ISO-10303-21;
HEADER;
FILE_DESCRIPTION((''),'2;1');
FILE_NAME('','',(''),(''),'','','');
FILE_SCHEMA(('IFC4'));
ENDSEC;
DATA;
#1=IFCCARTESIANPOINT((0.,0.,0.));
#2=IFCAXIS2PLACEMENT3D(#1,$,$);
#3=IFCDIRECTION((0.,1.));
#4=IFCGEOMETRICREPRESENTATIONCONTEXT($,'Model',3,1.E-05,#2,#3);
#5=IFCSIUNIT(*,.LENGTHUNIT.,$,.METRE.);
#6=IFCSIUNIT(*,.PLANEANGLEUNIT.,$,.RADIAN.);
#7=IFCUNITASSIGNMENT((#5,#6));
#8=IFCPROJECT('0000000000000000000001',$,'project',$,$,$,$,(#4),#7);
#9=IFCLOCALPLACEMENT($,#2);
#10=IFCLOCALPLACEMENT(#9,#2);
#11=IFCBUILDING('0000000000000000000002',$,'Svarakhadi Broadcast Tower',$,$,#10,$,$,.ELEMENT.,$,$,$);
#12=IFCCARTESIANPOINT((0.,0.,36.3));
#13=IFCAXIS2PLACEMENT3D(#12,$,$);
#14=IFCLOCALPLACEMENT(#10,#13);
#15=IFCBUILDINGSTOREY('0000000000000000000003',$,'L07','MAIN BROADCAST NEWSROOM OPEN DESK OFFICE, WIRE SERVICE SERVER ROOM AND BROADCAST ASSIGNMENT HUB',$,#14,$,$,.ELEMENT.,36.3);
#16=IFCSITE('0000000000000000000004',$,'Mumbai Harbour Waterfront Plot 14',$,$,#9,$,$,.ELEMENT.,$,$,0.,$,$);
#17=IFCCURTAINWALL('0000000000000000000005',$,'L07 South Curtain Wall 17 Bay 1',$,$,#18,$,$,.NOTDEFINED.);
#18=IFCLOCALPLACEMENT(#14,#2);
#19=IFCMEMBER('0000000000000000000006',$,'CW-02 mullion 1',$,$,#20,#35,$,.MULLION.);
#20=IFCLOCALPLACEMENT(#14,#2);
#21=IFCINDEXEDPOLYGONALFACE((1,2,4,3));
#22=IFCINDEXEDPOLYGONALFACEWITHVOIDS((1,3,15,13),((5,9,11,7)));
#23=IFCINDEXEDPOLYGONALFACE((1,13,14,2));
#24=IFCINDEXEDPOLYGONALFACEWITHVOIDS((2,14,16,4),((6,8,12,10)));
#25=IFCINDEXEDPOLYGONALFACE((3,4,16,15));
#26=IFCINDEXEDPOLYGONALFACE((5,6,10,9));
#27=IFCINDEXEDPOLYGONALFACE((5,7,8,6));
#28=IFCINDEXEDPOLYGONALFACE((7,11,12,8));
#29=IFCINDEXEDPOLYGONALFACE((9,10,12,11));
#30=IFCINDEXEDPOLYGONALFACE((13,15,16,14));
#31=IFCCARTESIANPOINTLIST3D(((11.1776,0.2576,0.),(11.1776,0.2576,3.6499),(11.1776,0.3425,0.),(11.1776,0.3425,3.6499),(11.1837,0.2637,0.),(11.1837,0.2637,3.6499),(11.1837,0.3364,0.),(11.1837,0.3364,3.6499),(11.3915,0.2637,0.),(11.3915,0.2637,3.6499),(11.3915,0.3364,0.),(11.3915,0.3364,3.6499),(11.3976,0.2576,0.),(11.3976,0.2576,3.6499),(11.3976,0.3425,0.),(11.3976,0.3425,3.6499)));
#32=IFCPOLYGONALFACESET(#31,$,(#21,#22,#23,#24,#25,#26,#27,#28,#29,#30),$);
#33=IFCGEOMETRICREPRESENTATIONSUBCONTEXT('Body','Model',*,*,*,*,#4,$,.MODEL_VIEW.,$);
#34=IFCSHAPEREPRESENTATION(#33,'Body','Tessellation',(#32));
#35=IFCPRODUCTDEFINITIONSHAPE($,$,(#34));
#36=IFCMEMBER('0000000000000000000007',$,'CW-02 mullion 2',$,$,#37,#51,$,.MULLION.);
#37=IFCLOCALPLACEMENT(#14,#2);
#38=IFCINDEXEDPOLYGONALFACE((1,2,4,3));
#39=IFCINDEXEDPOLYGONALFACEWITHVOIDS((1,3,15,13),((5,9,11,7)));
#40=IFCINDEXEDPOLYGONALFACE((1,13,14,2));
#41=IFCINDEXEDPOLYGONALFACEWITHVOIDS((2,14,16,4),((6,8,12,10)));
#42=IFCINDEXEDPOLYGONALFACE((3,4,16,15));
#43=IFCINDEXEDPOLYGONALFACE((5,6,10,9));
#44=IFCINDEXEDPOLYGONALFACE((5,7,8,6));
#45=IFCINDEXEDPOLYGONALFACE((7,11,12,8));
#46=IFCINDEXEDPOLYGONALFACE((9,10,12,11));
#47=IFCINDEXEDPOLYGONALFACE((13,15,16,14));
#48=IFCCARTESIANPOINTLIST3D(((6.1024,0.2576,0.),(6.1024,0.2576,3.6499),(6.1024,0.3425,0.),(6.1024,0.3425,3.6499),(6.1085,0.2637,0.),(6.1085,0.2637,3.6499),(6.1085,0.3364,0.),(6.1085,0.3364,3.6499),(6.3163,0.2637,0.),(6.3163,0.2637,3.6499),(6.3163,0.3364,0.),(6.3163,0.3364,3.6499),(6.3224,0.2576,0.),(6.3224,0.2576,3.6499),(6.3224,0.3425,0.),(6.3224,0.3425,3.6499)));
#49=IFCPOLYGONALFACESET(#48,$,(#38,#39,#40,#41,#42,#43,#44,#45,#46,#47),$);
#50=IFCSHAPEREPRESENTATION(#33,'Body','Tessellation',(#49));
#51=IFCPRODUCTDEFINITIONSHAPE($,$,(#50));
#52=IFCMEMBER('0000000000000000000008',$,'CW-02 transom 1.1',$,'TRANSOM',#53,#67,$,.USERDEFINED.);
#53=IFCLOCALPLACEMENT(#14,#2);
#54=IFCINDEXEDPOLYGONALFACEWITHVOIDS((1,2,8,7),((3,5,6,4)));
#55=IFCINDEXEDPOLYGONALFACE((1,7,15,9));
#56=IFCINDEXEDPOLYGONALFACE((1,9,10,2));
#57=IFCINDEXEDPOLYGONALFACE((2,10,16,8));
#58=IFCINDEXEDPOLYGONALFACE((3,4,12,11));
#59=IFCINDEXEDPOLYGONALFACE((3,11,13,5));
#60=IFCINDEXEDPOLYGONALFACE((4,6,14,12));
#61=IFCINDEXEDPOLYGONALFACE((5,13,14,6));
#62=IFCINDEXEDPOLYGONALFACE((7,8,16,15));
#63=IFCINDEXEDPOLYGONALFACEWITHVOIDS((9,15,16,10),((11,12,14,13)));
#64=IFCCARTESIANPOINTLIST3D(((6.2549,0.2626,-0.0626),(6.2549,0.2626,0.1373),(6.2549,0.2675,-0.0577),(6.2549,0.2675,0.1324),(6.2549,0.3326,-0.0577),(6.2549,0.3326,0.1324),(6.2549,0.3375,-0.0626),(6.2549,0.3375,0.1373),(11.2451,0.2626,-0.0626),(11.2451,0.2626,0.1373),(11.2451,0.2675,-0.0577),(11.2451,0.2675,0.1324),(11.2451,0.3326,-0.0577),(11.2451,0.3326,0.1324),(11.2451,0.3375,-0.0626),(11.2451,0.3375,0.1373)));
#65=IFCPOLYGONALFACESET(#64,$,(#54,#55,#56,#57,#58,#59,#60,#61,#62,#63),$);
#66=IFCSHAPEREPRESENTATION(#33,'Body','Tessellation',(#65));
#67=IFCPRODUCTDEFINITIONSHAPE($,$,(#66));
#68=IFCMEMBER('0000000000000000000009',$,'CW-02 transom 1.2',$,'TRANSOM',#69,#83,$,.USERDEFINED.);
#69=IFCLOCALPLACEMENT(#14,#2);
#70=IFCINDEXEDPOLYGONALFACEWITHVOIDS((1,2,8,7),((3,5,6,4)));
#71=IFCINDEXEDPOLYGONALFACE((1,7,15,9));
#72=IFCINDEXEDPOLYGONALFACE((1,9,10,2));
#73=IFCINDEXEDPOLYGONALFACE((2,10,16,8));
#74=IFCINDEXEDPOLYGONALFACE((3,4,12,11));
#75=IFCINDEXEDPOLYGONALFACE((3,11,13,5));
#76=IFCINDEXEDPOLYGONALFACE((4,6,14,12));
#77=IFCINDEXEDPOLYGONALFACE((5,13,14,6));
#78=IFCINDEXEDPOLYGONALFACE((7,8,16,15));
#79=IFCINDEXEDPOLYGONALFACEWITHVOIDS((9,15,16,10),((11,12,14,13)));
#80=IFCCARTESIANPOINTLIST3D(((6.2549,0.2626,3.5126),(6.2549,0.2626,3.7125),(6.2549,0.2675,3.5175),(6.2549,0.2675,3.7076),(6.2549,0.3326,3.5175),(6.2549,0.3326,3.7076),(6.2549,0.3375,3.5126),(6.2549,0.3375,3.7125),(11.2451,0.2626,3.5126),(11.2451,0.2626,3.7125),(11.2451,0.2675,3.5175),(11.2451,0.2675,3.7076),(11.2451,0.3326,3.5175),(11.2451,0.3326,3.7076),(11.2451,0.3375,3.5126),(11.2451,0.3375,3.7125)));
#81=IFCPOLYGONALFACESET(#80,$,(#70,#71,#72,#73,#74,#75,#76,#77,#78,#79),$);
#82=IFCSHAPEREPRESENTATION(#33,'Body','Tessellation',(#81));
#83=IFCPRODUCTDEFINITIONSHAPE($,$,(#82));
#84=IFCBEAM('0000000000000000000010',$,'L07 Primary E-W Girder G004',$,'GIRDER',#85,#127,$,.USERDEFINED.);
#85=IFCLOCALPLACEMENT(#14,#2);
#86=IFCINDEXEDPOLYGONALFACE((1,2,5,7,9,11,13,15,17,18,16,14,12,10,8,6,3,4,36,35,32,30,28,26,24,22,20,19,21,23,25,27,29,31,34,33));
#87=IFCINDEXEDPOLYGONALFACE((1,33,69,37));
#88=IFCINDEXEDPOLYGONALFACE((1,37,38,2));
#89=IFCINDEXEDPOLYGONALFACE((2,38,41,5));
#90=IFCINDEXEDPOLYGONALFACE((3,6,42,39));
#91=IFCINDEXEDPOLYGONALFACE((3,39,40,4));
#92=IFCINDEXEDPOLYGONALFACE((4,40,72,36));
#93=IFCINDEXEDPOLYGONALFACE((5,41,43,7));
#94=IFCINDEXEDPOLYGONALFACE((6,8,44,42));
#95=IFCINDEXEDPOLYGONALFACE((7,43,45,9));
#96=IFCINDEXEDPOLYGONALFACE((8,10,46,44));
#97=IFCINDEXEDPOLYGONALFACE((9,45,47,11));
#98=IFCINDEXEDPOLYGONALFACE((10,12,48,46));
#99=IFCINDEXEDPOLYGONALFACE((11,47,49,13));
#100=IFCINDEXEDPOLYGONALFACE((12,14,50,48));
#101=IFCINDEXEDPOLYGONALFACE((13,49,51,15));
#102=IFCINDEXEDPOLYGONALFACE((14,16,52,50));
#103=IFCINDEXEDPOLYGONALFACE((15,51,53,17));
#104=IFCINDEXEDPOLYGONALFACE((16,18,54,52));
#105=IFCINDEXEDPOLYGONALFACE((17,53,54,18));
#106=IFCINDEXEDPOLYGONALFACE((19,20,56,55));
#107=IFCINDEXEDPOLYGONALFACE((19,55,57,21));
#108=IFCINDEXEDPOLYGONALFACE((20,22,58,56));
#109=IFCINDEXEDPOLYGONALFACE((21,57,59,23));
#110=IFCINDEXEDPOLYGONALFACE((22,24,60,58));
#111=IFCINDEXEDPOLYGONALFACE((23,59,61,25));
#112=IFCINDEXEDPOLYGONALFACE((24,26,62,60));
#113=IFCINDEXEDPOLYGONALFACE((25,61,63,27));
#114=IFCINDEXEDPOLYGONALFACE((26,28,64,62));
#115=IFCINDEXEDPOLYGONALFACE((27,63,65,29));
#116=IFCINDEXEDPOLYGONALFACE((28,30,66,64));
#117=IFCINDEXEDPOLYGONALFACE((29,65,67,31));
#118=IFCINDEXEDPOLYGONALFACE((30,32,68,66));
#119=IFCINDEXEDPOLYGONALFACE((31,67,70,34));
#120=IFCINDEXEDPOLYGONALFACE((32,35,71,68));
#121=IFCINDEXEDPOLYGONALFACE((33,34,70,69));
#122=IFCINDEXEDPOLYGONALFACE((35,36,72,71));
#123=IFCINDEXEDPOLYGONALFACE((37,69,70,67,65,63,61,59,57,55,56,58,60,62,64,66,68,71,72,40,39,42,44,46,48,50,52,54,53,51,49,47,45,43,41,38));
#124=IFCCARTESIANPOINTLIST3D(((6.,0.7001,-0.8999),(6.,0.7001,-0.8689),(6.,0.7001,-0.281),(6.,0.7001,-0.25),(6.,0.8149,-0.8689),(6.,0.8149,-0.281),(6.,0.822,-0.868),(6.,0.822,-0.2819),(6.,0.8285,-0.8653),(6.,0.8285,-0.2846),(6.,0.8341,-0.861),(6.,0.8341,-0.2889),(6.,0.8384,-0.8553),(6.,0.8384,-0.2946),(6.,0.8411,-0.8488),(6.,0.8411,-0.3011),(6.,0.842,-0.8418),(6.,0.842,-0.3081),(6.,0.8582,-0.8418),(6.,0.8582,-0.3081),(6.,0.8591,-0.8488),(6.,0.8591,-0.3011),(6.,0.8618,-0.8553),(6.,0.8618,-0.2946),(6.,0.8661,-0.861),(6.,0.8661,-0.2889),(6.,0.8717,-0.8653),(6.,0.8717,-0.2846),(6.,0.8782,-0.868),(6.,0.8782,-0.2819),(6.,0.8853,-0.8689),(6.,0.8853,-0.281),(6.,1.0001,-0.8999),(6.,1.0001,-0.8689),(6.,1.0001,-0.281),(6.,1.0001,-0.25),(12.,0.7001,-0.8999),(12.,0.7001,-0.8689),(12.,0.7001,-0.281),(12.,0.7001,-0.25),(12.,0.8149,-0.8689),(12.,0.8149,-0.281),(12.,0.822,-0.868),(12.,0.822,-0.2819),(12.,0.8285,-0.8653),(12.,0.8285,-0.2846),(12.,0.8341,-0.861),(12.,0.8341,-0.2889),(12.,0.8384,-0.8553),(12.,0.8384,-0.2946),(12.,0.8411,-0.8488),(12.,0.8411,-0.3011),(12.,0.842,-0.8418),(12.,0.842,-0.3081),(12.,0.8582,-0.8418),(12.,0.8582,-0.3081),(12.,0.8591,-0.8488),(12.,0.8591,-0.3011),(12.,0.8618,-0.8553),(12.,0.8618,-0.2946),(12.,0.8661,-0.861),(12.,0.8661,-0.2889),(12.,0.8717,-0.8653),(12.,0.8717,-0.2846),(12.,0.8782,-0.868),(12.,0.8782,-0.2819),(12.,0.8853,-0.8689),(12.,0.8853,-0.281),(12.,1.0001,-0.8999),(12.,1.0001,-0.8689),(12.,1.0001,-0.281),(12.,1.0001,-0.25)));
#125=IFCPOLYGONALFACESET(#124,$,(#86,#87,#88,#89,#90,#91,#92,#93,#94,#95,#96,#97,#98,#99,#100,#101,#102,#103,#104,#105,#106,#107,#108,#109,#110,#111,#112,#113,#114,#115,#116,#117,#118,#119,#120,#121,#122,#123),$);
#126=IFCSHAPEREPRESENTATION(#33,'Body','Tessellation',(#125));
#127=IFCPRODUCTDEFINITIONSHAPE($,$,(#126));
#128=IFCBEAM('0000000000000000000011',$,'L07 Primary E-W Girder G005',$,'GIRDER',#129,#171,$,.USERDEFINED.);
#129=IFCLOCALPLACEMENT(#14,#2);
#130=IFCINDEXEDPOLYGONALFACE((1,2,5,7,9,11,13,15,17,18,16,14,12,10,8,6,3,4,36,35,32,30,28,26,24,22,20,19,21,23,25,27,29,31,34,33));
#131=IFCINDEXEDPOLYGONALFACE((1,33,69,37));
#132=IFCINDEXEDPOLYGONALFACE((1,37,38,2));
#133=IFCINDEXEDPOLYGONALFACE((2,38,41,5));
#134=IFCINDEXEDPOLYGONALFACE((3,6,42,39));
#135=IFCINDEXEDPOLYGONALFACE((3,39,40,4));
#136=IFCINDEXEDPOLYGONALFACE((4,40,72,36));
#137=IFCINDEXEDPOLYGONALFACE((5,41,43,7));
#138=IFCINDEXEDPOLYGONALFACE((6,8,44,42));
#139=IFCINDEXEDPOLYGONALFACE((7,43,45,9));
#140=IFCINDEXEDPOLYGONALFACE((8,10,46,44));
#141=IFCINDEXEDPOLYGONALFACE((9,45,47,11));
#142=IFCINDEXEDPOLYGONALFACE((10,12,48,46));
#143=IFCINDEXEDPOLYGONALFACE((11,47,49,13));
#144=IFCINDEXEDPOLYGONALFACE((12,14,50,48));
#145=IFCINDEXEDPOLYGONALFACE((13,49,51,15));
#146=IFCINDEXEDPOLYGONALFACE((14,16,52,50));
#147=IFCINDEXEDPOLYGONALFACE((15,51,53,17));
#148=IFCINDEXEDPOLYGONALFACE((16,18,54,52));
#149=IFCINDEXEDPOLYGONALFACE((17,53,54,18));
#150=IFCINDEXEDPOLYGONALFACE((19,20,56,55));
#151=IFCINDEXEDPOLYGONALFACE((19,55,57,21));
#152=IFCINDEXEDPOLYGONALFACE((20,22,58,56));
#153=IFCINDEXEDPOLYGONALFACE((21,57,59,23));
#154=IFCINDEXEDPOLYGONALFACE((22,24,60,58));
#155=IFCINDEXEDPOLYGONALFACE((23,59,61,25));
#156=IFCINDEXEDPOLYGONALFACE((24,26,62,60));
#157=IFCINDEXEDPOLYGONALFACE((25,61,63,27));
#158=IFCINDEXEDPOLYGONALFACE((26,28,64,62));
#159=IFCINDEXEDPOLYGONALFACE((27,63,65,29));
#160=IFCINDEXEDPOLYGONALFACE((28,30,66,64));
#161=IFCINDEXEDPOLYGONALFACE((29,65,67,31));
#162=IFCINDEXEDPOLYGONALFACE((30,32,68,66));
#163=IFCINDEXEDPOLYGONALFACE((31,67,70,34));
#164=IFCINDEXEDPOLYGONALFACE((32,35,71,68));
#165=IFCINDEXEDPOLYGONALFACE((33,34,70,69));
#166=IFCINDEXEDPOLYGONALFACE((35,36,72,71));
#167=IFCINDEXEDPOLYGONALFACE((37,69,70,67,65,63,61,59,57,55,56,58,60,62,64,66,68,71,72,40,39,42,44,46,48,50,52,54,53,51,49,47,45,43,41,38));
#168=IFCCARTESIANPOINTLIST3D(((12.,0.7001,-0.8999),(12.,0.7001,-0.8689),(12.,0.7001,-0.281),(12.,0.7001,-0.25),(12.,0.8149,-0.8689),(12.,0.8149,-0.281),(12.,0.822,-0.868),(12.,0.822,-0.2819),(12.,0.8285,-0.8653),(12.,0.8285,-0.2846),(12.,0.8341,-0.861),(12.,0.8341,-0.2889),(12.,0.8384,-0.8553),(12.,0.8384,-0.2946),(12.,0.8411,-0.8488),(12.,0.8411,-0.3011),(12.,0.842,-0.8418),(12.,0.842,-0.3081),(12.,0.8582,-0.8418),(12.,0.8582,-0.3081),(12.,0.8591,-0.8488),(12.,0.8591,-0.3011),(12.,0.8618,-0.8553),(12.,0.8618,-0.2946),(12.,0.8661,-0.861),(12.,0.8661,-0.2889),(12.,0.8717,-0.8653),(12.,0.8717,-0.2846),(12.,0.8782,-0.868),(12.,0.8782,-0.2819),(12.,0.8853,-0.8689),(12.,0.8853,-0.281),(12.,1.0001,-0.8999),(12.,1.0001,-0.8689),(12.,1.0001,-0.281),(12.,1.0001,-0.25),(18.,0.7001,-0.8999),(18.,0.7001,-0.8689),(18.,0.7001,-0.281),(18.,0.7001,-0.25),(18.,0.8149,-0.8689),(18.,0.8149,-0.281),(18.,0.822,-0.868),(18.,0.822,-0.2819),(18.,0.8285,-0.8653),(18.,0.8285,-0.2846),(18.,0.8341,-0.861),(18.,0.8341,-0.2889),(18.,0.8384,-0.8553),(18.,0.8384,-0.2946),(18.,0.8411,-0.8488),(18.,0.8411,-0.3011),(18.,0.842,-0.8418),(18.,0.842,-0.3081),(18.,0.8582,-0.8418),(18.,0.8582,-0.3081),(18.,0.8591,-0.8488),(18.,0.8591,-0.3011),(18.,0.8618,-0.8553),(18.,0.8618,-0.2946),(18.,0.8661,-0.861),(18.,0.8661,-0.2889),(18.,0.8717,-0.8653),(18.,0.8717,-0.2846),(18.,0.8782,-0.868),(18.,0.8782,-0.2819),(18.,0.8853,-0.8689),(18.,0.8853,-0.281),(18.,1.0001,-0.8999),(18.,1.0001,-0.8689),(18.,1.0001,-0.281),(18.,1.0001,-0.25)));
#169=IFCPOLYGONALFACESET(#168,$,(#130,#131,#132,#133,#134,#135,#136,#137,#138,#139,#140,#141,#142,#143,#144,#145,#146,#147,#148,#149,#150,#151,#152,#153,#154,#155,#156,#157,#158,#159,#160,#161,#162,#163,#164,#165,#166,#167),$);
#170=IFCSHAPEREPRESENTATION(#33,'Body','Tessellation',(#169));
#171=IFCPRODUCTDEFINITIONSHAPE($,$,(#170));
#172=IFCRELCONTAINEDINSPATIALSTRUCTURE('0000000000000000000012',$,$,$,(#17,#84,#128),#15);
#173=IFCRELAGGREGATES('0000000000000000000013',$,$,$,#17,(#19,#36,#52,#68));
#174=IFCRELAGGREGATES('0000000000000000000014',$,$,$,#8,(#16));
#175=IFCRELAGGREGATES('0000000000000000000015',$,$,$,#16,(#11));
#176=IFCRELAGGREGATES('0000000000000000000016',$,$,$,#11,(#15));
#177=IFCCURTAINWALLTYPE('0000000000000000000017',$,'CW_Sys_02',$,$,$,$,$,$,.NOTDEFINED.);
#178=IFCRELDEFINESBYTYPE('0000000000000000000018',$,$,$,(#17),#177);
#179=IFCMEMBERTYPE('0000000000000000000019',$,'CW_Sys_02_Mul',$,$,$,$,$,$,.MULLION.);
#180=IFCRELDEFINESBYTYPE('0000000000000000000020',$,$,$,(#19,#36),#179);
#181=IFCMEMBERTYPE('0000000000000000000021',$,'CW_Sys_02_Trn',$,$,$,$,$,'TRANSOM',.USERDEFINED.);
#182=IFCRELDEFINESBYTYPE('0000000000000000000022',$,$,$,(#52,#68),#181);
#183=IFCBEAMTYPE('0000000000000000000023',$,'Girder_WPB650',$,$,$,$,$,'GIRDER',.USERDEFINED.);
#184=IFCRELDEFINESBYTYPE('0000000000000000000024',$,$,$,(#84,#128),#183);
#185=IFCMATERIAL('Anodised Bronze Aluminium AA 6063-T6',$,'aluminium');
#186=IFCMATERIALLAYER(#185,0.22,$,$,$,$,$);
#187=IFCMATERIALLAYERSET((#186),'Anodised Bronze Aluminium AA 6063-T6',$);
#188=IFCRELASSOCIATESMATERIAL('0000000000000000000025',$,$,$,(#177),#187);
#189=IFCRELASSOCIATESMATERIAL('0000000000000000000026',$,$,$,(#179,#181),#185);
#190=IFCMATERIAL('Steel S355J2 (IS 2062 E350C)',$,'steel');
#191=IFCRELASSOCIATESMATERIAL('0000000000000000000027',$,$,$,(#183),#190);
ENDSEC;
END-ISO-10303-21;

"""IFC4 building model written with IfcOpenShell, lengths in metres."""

from ifc_helpers import new_model, si_unit, direction, frame, origin, origin_2d, place, context, subcontext, project, spatial, hollow_rectangle, i_section, extrude, material, layer, layer_set, material_profile, profile_set, type_object, element, aggregate, save


model = new_model("IFC4")

# Units and contexts
model_context = context("Model", 3, precision=1e-05, world=origin(), true_north=direction((0.0, 1.0)))
body_context = subcontext(model_context, "Body", "Model", "MODEL_VIEW")
ifc_project = project(units=[si_unit("LENGTHUNIT", "METRE"), si_unit("PLANEANGLEUNIT", "RADIAN")], contexts=[model_context])

# Site, building, storey
site_placement = place(None, origin())
site = spatial("IfcSite", under=ifc_project, at=site_placement, Name="Mumbai Harbour Waterfront Plot 14", CompositionType="ELEMENT", RefElevation=0.0)
building_placement = place(site_placement, origin())
building = spatial("IfcBuilding", under=site, at=building_placement, Name="Svarakhadi Broadcast Tower", CompositionType="ELEMENT")
storey_placement = place(building_placement, frame((0.0, 0.0, 36.3)))
storey = spatial("IfcBuildingStorey", under=building, at=storey_placement, Name="L07", Description="MAIN BROADCAST NEWSROOM OPEN DESK OFFICE, WIRE SERVICE SERVER ROOM AND BROADCAST ASSIGNMENT HUB", CompositionType="ELEMENT", Elevation=36.3)

# Shared definitions
ifc_material_1 = material(Name="Steel S355J2 (IS 2062 E350C)", Category="steel")

# Curtain wall, members
ifc_material_2 = material(Name="Anodised Bronze Aluminium AA 6063-T6", Category="aluminium")
ifc_layer_1 = layer(ifc_material_2, 0.22)
ifc_layer_set_1 = layer_set([ifc_layer_1], Name="Anodised Bronze Aluminium AA 6063-T6")
curtain_wall_type = type_object("IfcCurtainWallType", Name="CW_Sys_02", PredefinedType="NOTDEFINED", material=ifc_layer_set_1)
curtain_wall_placement = place(storey_placement, origin())
curtain_wall = element("IfcCurtainWall", 1, at=curtain_wall_placement, inside=storey, type_object=curtain_wall_type, Name="L07 South Curtain Wall 17 Bay 1", PredefinedType="NOTDEFINED")
ifc_material_profile_1 = material_profile(ifc_material_2, hollow_rectangle(XDim=0.085, YDim=0.22, WallThickness=0.0061, at=origin_2d()), Name="ALU MULLION 220x85x6")
ifc_profile_set_1 = profile_set([ifc_material_profile_1], Name="Anodised Bronze Aluminium AA 6063-T6")
member_type_1 = type_object("IfcMemberType", Name="CW_Sys_02_Mul", PredefinedType="MULLION", material=ifc_profile_set_1)
member_1_placement = place(storey_placement, frame((11.2876, 0.3, 0.0), z_axis=(0.0, 0.0, 1.0), x_axis=(0.0, -1.0, 0.0)))
member_1 = element("IfcMember", 2, at=member_1_placement, type_object=member_type_1, Name="CW-02 mullion 1", PredefinedType="MULLION", context=body_context, shape_type="SweptSolid", body=[
    extrude(hollow_rectangle(XDim=0.085, YDim=0.22, WallThickness=0.0061, at=origin_2d()), origin(), (0.0, 0.0, 1.0), 3.6499),
])
member_2_placement = place(storey_placement, frame((6.2124, 0.3, 0.0), z_axis=(0.0, 0.0, 1.0), x_axis=(0.0, -1.0, 0.0)))
member_2 = element("IfcMember", 3, at=member_2_placement, type_object=member_type_1, Name="CW-02 mullion 2", PredefinedType="MULLION", context=body_context, shape_type="SweptSolid", body=[
    extrude(hollow_rectangle(XDim=0.085, YDim=0.22, WallThickness=0.0061, at=origin_2d()), origin(), (0.0, 0.0, 1.0), 3.6499),
])
ifc_material_profile_2 = material_profile(ifc_material_2, hollow_rectangle(XDim=0.075, YDim=0.2, WallThickness=0.0049, at=origin_2d()), Name="ALU TRANSOM 200x75x5")
ifc_profile_set_2 = profile_set([ifc_material_profile_2], Name="Anodised Bronze Aluminium AA 6063-T6")
member_type_2 = type_object("IfcMemberType", Name="CW_Sys_02_Trn", ElementType="TRANSOM", PredefinedType="USERDEFINED", material=ifc_profile_set_2)
member_3_placement = place(storey_placement, frame((11.2451, 0.3, 0.0374), z_axis=(-1.0, 0.0, 0.0), x_axis=(0.0, -1.0, 0.0)))
member_3 = element("IfcMember", 4, at=member_3_placement, type_object=member_type_2, Name="CW-02 transom 1.1", ObjectType="TRANSOM", PredefinedType="USERDEFINED", context=body_context, shape_type="SweptSolid", body=[
    extrude(hollow_rectangle(XDim=0.075, YDim=0.2, WallThickness=0.0049, at=origin_2d()), origin(), (0.0, 0.0, 1.0), 4.9902),
])
member_4_placement = place(storey_placement, frame((11.2451, 0.3, 3.6125), z_axis=(-1.0, 0.0, 0.0), x_axis=(0.0, -1.0, 0.0)))
member_4 = element("IfcMember", 5, at=member_4_placement, type_object=member_type_2, Name="CW-02 transom 1.2", ObjectType="TRANSOM", PredefinedType="USERDEFINED", context=body_context, shape_type="SweptSolid", body=[
    extrude(hollow_rectangle(XDim=0.075, YDim=0.2, WallThickness=0.0049, at=origin_2d()), origin(), (0.0, 0.0, 1.0), 4.9902),
])

# Beams
ifc_material_profile_3 = material_profile(ifc_material_1, i_section(OverallWidth=0.3, OverallDepth=0.6499, WebThickness=0.0161, FlangeThickness=0.031, FilletRadius=0.0271, at=origin_2d()), Name="WPB 650x300x225")
ifc_profile_set_3 = profile_set([ifc_material_profile_3], Name="Steel S355J2 (IS 2062 E350C)")
beam_type_1 = type_object("IfcBeamType", Name="Girder_WPB650", ElementType="GIRDER", PredefinedType="USERDEFINED", material=ifc_profile_set_3)
for number, where, z_axis, x_axis, name in (
    (6, (6.0, 0.8501, -0.575), (1.0, 0.0, 0.0), (0.0, 1.0, 0.0), "L07 Primary E-W Girder G004"),
    (7, (12.0, 0.8501, -0.575), (1.0, 0.0, 0.0), (0.0, 1.0, 0.0), "L07 Primary E-W Girder G005"),
):
    element("IfcBeam", number, at=place(storey_placement, frame(where, z_axis=z_axis, x_axis=x_axis)), inside=storey, type_object=beam_type_1, Name=name, ObjectType="GIRDER", PredefinedType="USERDEFINED", context=body_context, shape_type="SweptSolid", body=[
        extrude(i_section(OverallWidth=0.3, OverallDepth=0.6499, WebThickness=0.0161, FlangeThickness=0.031, FilletRadius=0.0271, at=origin_2d()), origin(), (0.0, 0.0, 1.0), 6.0),
    ])

aggregate(curtain_wall, [member_1, member_2, member_3, member_4])

save(model, "model.ifc")
